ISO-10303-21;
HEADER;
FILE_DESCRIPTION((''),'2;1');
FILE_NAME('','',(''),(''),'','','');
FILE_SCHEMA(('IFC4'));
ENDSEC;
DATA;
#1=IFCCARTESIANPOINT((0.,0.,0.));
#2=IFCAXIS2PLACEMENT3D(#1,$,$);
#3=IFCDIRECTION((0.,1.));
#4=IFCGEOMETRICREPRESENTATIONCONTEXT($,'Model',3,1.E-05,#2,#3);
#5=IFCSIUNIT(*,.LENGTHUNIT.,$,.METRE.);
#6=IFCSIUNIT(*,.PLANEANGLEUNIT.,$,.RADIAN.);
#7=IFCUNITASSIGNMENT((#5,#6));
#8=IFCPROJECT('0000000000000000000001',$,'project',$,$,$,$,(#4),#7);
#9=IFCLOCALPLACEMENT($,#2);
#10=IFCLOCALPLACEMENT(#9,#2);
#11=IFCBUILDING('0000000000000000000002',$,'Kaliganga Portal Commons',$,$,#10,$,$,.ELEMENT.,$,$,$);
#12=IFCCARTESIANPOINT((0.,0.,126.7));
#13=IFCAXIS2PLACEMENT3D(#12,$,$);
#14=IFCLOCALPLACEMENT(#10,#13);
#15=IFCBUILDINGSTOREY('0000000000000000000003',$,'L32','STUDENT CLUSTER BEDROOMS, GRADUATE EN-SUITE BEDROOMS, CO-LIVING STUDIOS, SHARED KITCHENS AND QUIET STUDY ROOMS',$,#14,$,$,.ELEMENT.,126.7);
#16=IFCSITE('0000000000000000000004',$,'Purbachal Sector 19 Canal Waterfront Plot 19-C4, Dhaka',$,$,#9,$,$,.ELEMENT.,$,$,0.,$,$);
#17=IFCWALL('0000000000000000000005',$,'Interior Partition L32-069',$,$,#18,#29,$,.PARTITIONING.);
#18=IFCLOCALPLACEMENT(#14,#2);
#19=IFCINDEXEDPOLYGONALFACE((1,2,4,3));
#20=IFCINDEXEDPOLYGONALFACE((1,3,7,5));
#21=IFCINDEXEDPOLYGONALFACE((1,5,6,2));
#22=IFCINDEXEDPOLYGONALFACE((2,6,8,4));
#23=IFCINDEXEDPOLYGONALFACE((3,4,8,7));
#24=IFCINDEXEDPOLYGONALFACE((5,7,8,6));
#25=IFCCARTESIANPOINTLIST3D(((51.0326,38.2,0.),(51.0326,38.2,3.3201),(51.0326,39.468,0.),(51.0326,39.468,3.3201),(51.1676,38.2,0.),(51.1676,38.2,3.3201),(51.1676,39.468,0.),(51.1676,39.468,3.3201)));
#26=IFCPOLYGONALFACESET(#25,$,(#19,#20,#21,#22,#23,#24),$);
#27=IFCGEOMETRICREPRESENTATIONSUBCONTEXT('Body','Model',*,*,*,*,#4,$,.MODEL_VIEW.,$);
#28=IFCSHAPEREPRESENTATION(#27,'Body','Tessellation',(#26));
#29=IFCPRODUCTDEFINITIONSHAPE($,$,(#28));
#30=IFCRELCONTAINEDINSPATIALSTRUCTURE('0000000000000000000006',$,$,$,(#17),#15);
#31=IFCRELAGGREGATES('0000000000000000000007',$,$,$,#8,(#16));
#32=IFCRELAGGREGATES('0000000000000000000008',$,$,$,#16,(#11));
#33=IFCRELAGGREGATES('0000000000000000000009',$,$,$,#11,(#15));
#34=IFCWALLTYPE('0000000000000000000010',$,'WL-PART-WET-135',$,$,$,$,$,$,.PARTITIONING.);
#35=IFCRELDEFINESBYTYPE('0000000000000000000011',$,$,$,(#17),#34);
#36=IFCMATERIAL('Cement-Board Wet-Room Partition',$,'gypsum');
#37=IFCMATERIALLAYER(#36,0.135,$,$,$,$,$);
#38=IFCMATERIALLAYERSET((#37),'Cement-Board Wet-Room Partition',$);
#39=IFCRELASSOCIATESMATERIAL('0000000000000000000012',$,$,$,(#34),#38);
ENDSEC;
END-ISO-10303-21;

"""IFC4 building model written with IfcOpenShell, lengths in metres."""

from ifc_helpers import new_model, si_unit, direction, frame, frame_2d, origin, place, context, subcontext, project, spatial, rectangle, extrude, material, layer, layer_set, type_object, element, save


model = new_model("IFC4")

# Units and contexts
model_context = context("Model", 3, precision=1e-05, world=origin(), true_north=direction((0.0, 1.0)))
body_context = subcontext(model_context, "Body", "Model", "MODEL_VIEW")
ifc_project = project(units=[si_unit("LENGTHUNIT", "METRE"), si_unit("PLANEANGLEUNIT", "RADIAN")], contexts=[model_context])

# Site, building, storey
site_placement = place(None, origin())
site = spatial("IfcSite", under=ifc_project, at=site_placement, Name="Purbachal Sector 19 Canal Waterfront Plot 19-C4, Dhaka", CompositionType="ELEMENT", RefElevation=0.0)
building_placement = place(site_placement, origin())
building = spatial("IfcBuilding", under=site, at=building_placement, Name="Kaliganga Portal Commons", CompositionType="ELEMENT")
storey_placement = place(building_placement, frame((0.0, 0.0, 126.7)))
storey = spatial("IfcBuildingStorey", under=building, at=storey_placement, Name="L32", Description="STUDENT CLUSTER BEDROOMS, GRADUATE EN-SUITE BEDROOMS, CO-LIVING STUDIOS, SHARED KITCHENS AND QUIET STUDY ROOMS", CompositionType="ELEMENT", Elevation=126.7)

# Wall
ifc_material_1 = material(Name="Cement-Board Wet-Room Partition", Category="gypsum")
ifc_layer_1 = layer(ifc_material_1, 0.135)
ifc_layer_set_1 = layer_set([ifc_layer_1], Name="Cement-Board Wet-Room Partition")
wall_type_1 = type_object("IfcWallType", Name="WL-PART-WET-135", PredefinedType="PARTITIONING", material=ifc_layer_set_1)
wall_1_placement = place(storey_placement, frame((51.1001, 38.2, 0.0), z_axis=(0.0, 0.0, 1.0), x_axis=(0.0, 1.0, 0.0)))
element("IfcWall", 1, at=wall_1_placement, inside=storey, type_object=wall_type_1, Name="Interior Partition L32-069", PredefinedType="PARTITIONING", context=body_context, shape_type="SweptSolid", body=[
    extrude(rectangle(XDim=1.2681, YDim=0.135, at=frame_2d((0.634, 0.0))), origin(), (0.0, 0.0, 1.0), 3.3201),
])

save(model, "model.ifc")
